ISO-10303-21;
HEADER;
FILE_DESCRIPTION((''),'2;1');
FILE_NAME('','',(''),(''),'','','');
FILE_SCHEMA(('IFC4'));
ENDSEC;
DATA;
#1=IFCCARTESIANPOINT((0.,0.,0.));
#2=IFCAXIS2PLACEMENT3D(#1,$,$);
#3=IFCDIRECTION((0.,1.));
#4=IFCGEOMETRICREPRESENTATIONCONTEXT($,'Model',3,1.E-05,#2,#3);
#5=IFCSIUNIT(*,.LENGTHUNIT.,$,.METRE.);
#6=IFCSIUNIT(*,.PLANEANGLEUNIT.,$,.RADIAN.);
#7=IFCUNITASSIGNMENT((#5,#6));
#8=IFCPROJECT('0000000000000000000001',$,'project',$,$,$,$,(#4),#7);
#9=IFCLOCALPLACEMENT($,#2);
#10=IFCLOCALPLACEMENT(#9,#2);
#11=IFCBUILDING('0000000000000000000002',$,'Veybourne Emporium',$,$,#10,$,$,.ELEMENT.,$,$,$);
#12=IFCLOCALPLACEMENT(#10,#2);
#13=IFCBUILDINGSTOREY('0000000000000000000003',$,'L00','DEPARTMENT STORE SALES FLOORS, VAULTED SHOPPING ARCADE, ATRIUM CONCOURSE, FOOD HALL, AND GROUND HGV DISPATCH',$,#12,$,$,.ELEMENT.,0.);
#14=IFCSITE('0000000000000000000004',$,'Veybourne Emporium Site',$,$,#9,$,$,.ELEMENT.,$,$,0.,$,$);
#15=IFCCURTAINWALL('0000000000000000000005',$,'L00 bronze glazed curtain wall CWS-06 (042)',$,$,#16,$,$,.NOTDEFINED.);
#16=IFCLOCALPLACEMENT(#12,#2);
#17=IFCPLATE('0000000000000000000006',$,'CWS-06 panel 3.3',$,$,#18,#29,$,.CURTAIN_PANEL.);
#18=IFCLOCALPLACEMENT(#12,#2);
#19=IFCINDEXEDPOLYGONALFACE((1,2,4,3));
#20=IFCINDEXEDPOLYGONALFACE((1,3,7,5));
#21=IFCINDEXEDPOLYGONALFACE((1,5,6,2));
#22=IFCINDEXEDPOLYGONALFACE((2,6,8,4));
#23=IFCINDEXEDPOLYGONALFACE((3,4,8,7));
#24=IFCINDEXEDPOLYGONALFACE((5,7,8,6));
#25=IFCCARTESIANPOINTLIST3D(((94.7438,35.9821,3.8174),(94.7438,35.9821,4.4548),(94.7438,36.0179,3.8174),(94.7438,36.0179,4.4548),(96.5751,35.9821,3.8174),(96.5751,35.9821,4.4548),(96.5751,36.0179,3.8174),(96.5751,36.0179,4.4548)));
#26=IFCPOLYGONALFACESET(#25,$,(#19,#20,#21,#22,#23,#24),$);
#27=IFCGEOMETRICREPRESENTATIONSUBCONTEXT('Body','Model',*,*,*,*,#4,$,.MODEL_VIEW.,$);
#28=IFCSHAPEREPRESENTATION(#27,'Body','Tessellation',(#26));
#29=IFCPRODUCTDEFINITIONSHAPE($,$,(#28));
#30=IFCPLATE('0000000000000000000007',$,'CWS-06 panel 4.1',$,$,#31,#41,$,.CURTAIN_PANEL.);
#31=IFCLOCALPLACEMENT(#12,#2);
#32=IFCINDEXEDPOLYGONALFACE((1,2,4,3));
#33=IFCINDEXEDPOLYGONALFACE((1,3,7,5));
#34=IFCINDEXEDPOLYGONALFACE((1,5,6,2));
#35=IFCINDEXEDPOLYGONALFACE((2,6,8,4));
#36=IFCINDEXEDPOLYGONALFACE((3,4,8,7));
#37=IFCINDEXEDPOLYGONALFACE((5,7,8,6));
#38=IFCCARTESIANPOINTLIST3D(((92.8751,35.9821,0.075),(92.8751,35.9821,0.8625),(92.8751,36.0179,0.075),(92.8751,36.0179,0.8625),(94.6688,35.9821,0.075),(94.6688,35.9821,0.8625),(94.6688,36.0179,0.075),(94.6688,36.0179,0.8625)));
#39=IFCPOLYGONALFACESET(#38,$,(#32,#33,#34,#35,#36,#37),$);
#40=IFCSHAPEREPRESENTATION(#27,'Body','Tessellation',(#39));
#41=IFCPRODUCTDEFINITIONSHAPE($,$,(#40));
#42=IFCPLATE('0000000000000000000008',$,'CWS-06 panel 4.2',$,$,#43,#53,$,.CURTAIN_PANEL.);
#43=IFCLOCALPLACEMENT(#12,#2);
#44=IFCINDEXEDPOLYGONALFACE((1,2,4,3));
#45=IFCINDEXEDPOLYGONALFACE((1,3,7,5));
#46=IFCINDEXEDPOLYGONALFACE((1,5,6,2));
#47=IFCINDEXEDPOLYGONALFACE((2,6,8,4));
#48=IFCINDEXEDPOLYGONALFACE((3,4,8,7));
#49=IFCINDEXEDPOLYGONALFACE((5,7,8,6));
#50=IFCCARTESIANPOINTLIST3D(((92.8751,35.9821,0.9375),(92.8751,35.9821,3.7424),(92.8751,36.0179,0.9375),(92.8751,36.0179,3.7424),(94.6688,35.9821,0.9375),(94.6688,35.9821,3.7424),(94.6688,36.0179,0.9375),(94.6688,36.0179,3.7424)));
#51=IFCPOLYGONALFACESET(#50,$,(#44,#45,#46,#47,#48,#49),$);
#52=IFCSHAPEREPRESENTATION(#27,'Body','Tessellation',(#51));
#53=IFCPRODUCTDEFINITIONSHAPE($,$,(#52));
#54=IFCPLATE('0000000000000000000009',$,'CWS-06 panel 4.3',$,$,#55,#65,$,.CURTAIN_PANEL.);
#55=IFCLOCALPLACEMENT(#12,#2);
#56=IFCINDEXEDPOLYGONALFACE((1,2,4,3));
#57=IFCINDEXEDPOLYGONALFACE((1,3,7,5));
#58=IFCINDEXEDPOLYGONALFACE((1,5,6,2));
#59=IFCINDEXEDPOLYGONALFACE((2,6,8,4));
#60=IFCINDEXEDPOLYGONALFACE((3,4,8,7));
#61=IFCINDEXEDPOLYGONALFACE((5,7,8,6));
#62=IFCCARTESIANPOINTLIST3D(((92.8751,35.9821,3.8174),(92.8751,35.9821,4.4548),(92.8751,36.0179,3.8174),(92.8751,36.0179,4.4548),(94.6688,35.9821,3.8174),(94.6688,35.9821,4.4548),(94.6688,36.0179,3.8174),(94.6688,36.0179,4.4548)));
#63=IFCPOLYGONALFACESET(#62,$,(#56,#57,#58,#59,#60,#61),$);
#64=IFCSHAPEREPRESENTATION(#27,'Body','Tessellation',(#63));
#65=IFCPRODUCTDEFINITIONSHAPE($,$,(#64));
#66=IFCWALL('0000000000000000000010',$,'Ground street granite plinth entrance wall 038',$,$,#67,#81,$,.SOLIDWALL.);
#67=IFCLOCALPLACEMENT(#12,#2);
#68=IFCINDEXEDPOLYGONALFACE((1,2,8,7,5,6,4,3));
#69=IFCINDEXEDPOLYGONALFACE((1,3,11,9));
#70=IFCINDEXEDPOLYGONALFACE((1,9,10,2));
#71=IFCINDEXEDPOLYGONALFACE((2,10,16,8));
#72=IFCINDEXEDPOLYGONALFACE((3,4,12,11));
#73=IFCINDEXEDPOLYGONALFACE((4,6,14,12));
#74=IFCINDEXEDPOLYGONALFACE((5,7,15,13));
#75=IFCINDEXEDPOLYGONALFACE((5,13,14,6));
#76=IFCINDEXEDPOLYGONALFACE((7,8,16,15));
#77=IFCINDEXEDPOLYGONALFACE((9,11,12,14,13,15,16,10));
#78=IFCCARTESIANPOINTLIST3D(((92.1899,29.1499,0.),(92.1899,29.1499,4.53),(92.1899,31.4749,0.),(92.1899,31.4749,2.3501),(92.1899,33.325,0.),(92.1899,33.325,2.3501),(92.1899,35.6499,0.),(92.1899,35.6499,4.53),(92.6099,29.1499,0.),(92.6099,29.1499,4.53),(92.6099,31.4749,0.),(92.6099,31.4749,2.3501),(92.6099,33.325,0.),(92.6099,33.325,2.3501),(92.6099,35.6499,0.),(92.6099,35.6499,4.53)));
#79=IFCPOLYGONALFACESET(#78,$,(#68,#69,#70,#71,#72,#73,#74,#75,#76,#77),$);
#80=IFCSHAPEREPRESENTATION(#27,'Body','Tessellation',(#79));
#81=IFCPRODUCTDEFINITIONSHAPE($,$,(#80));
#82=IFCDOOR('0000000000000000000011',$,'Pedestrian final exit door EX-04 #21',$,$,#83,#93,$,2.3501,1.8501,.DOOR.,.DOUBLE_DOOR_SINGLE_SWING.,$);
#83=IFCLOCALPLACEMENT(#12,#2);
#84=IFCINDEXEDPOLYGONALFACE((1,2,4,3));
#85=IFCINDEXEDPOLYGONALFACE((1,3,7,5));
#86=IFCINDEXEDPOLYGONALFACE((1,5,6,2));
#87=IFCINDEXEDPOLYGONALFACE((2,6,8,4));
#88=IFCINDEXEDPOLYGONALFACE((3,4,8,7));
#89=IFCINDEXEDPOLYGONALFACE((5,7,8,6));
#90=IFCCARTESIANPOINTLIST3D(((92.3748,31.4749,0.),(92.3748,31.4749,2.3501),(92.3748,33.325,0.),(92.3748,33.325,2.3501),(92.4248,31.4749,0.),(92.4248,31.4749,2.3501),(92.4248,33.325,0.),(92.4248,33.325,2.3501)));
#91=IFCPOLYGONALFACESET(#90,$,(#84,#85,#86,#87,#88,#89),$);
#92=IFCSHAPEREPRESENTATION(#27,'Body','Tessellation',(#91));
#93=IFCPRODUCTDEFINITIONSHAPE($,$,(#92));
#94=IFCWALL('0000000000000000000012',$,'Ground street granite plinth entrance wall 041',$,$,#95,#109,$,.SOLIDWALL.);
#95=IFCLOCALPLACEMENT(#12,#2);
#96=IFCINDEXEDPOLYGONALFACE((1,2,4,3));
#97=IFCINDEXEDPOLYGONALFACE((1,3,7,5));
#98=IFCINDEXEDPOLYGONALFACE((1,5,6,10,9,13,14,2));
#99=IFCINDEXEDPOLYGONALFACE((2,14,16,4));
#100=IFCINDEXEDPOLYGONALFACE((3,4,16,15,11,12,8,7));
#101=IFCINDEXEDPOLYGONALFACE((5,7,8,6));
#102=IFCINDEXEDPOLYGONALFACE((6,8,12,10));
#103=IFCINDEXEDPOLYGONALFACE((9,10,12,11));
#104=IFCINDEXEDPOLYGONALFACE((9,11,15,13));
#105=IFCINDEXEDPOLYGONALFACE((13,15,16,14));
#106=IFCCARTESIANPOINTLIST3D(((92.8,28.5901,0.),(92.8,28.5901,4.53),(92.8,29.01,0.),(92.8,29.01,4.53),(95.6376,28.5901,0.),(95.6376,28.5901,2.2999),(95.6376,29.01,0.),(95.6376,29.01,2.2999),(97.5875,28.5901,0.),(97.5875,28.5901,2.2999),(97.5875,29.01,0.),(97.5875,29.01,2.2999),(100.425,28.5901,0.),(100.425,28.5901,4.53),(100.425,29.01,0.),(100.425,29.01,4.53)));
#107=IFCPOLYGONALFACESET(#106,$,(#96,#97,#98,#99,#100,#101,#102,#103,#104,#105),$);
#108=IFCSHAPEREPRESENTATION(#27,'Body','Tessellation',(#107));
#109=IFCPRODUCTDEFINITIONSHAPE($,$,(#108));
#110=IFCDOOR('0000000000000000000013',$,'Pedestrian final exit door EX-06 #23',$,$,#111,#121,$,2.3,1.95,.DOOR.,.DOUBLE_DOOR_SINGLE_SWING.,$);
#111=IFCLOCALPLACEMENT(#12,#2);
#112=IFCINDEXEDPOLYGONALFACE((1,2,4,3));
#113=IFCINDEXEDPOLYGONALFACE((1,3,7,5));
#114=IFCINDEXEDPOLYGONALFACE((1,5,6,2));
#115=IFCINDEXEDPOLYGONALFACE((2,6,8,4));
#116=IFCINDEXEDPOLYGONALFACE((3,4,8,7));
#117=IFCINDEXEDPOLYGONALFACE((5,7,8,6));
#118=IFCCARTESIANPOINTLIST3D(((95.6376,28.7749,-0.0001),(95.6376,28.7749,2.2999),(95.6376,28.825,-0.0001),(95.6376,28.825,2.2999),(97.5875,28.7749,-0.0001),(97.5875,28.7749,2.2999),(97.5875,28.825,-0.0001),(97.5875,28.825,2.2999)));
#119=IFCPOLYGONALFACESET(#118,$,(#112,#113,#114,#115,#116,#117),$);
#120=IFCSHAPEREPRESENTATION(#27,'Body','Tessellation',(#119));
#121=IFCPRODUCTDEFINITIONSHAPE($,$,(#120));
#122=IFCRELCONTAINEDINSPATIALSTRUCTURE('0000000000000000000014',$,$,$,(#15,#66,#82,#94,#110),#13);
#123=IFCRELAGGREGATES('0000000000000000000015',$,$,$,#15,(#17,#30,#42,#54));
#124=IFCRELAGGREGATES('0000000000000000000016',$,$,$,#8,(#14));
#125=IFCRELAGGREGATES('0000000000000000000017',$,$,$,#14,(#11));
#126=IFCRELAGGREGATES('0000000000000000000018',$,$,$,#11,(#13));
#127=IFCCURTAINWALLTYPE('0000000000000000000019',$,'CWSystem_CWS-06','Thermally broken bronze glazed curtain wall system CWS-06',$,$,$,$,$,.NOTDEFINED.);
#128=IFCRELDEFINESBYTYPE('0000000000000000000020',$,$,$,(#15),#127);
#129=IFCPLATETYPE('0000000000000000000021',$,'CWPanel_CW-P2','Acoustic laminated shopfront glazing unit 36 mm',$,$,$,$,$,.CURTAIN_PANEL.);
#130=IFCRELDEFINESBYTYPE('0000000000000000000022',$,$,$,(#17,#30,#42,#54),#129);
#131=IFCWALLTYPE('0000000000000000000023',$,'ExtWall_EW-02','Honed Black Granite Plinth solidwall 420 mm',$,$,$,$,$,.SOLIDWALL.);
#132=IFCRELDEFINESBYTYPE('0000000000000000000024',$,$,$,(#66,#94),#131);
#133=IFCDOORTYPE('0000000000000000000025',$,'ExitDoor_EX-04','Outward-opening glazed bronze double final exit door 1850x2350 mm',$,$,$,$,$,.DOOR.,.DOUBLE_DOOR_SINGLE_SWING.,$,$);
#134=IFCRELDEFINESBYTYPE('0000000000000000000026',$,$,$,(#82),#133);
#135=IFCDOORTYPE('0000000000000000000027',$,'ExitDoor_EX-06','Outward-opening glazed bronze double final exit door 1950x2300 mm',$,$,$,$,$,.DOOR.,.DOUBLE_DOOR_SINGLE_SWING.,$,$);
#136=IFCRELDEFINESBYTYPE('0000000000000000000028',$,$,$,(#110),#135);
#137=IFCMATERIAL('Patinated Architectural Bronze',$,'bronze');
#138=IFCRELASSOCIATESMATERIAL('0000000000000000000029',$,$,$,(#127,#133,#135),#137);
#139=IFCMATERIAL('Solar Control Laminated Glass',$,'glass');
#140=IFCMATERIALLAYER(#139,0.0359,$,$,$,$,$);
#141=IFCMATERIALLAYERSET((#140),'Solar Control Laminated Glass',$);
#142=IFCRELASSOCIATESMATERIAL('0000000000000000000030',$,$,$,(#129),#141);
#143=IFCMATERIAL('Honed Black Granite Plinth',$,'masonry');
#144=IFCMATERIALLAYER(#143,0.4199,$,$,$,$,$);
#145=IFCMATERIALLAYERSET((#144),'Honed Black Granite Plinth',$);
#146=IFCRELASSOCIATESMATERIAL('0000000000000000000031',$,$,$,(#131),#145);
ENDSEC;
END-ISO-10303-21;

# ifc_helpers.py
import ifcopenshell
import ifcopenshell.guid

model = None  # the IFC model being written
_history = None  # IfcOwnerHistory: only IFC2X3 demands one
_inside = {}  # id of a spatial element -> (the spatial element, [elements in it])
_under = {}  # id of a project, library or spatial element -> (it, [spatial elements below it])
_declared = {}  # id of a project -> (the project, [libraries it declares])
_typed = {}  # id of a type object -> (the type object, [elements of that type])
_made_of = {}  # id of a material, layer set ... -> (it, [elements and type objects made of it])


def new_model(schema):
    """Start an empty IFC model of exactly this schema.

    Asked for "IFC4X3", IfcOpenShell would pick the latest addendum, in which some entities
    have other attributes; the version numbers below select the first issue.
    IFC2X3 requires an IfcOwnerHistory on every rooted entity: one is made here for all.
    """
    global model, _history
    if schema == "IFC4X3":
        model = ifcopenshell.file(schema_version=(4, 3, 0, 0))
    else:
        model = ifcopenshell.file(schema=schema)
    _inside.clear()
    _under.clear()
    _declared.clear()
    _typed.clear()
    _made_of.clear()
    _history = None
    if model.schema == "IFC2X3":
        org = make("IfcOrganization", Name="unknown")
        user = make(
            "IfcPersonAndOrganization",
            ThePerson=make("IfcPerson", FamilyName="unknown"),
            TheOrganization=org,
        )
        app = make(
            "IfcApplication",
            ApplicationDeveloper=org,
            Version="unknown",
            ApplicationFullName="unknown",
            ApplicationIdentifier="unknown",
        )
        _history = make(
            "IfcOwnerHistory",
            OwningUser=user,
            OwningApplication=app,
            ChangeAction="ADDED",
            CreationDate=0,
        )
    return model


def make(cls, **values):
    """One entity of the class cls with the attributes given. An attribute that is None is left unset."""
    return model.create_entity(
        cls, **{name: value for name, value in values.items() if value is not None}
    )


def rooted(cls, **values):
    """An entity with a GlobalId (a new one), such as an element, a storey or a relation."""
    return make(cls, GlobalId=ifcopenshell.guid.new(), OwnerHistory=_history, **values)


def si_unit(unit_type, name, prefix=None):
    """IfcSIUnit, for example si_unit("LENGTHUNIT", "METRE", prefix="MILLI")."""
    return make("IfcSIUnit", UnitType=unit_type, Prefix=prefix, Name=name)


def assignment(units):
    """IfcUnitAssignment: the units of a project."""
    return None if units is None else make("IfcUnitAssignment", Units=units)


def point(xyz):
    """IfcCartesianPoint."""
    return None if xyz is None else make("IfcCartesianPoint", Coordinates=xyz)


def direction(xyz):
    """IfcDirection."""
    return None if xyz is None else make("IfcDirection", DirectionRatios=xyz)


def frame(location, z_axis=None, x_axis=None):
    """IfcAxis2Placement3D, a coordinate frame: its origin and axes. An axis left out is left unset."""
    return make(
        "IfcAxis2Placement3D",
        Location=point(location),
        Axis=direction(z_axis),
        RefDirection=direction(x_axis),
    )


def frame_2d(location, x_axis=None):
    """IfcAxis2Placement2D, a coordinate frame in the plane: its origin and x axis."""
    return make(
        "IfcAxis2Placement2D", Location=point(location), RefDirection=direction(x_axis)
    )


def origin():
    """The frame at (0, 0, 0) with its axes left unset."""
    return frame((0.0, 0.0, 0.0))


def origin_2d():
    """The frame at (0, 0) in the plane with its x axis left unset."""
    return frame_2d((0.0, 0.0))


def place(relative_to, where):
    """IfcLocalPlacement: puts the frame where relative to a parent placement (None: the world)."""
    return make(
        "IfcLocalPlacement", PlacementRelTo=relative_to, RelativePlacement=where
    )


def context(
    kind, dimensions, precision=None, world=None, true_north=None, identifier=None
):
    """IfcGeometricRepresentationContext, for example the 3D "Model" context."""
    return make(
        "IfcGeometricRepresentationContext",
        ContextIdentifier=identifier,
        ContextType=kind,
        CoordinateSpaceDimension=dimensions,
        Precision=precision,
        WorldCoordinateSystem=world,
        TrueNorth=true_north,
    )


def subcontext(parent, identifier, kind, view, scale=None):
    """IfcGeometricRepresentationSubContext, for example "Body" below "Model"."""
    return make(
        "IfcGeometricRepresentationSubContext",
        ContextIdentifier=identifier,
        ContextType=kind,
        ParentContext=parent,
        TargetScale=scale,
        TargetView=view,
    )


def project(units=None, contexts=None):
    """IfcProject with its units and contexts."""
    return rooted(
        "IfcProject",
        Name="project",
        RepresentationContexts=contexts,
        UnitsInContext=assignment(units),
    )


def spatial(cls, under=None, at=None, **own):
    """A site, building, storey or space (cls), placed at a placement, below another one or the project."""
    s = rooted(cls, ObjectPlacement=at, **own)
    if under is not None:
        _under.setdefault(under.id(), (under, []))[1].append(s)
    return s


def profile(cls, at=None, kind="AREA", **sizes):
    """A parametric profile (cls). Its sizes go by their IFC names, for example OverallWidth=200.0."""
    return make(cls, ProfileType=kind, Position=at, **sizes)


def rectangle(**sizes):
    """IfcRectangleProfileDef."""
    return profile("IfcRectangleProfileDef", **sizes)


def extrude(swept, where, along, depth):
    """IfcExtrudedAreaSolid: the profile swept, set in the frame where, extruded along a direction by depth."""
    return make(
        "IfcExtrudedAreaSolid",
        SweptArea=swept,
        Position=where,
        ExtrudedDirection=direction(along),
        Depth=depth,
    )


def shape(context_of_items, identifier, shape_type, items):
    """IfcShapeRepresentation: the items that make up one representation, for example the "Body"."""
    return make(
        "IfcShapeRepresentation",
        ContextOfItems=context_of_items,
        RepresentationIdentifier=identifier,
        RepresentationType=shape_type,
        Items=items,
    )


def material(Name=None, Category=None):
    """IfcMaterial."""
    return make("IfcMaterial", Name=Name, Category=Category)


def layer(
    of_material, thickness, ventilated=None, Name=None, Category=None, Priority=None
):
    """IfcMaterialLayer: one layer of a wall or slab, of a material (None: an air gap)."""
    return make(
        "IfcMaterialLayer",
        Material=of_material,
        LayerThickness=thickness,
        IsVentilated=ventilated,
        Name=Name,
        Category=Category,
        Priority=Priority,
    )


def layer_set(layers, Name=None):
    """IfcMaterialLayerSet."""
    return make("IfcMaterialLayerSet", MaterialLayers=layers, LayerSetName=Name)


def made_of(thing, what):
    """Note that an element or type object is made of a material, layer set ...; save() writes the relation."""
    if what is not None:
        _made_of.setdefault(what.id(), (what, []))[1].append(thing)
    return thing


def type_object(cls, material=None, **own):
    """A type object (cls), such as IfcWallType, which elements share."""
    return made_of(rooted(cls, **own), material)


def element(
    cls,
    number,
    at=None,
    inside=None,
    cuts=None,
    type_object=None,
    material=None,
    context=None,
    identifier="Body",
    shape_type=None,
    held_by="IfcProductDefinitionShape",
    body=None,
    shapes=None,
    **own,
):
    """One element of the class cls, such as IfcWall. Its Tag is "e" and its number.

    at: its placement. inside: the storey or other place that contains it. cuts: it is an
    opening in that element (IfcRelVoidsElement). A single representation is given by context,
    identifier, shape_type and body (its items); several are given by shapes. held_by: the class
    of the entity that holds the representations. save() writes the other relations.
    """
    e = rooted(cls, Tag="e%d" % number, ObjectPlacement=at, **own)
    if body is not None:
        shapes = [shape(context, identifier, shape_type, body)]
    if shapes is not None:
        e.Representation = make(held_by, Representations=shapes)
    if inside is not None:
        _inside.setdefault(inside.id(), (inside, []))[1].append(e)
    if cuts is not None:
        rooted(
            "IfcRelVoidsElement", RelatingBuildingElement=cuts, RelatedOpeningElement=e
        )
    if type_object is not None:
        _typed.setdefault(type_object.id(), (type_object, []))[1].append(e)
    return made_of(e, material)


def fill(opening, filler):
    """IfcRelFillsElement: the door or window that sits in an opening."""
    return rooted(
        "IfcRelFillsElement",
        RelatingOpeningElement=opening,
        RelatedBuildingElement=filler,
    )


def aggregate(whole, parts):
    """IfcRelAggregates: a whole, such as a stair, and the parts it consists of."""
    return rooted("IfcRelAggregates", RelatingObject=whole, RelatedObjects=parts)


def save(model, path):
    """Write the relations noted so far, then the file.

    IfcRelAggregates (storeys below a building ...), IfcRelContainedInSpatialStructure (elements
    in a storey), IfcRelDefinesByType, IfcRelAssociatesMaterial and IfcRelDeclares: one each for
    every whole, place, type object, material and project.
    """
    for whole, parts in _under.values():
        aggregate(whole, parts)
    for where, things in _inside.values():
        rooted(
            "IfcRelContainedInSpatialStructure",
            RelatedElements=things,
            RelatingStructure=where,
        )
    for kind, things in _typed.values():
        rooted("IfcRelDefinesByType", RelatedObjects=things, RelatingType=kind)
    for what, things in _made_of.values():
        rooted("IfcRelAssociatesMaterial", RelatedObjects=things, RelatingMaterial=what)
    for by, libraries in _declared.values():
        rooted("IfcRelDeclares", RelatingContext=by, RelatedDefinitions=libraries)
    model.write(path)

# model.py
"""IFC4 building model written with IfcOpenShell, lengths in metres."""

from ifc_helpers import new_model, si_unit, direction, frame, frame_2d, origin, origin_2d, place, context, subcontext, project, spatial, rectangle, extrude, material, layer, layer_set, type_object, element, fill, aggregate, save


model = new_model("IFC4")

# Units and contexts
model_context = context("Model", 3, precision=1e-05, world=origin(), true_north=direction((0.0, 1.0)))
body_context = subcontext(model_context, "Body", "Model", "MODEL_VIEW")
ifc_project = project(units=[si_unit("LENGTHUNIT", "METRE"), si_unit("PLANEANGLEUNIT", "RADIAN")], contexts=[model_context])

# Site, building, storey
site_placement = place(None, origin())
site = spatial("IfcSite", under=ifc_project, at=site_placement, Name="Veybourne Emporium Site", CompositionType="ELEMENT", RefElevation=0.0)
building_placement = place(site_placement, origin())
building = spatial("IfcBuilding", under=site, at=building_placement, Name="Veybourne Emporium", CompositionType="ELEMENT")
storey_placement = place(building_placement, origin())
storey = spatial("IfcBuildingStorey", under=building, at=storey_placement, Name="L00", Description="DEPARTMENT STORE SALES FLOORS, VAULTED SHOPPING ARCADE, ATRIUM CONCOURSE, FOOD HALL, AND GROUND HGV DISPATCH", CompositionType="ELEMENT", Elevation=0.0)

# Curtain wall
ifc_material_1 = material(Name="Patinated Architectural Bronze", Category="bronze")
curtain_wall_type = type_object("IfcCurtainWallType", Name="CWSystem_CWS-06", Description="Thermally broken bronze glazed curtain wall system CWS-06", PredefinedType="NOTDEFINED", material=ifc_material_1)
curtain_wall_placement = place(storey_placement, origin())
curtain_wall = element("IfcCurtainWall", 1, at=curtain_wall_placement, inside=storey, type_object=curtain_wall_type, Name="L00 bronze glazed curtain wall CWS-06 (042)", PredefinedType="NOTDEFINED")

# Plates
ifc_material_2 = material(Name="Solar Control Laminated Glass", Category="glass")
ifc_layer_1 = layer(ifc_material_2, 0.0359)
ifc_layer_set_1 = layer_set([ifc_layer_1], Name="Solar Control Laminated Glass")
plate_type = type_object("IfcPlateType", Name="CWPanel_CW-P2", Description="Acoustic laminated shopfront glazing unit 36 mm", PredefinedType="CURTAIN_PANEL", material=ifc_layer_set_1)
plate_1_placement = place(storey_placement, frame((95.6594, 36.0, 3.8174), z_axis=(0.0, 0.0, 1.0), x_axis=(-1.0, 0.0, 0.0)))
plate_1 = element("IfcPlate", 2, at=plate_1_placement, type_object=plate_type, Name="CWS-06 panel 3.3", PredefinedType="CURTAIN_PANEL", context=body_context, shape_type="SweptSolid", body=[
    extrude(rectangle(XDim=1.8313, YDim=0.0359, at=origin_2d()), origin(), (0.0, 0.0, 1.0), 0.6375),
])
plate_2_placement = place(storey_placement, frame((93.772, 36.0, 0.075), z_axis=(0.0, 0.0, 1.0), x_axis=(-1.0, 0.0, 0.0)))
plate_2 = element("IfcPlate", 3, at=plate_2_placement, type_object=plate_type, Name="CWS-06 panel 4.1", PredefinedType="CURTAIN_PANEL", context=body_context, shape_type="SweptSolid", body=[
    extrude(rectangle(XDim=1.7937, YDim=0.0359, at=origin_2d()), origin(), (0.0, 0.0, 1.0), 0.7876),
])
plate_3_placement = place(storey_placement, frame((93.772, 36.0, 0.9375), z_axis=(0.0, 0.0, 1.0), x_axis=(-1.0, 0.0, 0.0)))
plate_3 = element("IfcPlate", 4, at=plate_3_placement, type_object=plate_type, Name="CWS-06 panel 4.2", PredefinedType="CURTAIN_PANEL", context=body_context, shape_type="SweptSolid", body=[
    extrude(rectangle(XDim=1.7937, YDim=0.0359, at=origin_2d()), origin(), (0.0, 0.0, 1.0), 2.8049),
])
plate_4_placement = place(storey_placement, frame((93.772, 36.0, 3.8174), z_axis=(0.0, 0.0, 1.0), x_axis=(-1.0, 0.0, 0.0)))
plate_4 = element("IfcPlate", 5, at=plate_4_placement, type_object=plate_type, Name="CWS-06 panel 4.3", PredefinedType="CURTAIN_PANEL", context=body_context, shape_type="SweptSolid", body=[
    extrude(rectangle(XDim=1.7937, YDim=0.0359, at=origin_2d()), origin(), (0.0, 0.0, 1.0), 0.6375),
])
aggregate(curtain_wall, [plate_1, plate_2, plate_3, plate_4])

# Walls, openings, doors
ifc_material_3 = material(Name="Honed Black Granite Plinth", Category="masonry")
ifc_layer_2 = layer(ifc_material_3, 0.4199)
ifc_layer_set_2 = layer_set([ifc_layer_2], Name="Honed Black Granite Plinth")
wall_type = type_object("IfcWallType", Name="ExtWall_EW-02", Description="Honed Black Granite Plinth solidwall 420 mm", PredefinedType="SOLIDWALL", material=ifc_layer_set_2)
wall_1_placement = place(storey_placement, frame((92.3999, 35.6499, 0.0), z_axis=(0.0, 0.0, 1.0), x_axis=(0.0, -1.0, 0.0)))
wall_1 = element("IfcWall", 6, at=wall_1_placement, inside=storey, type_object=wall_type, Name="Ground street granite plinth entrance wall 038", PredefinedType="SOLIDWALL", context=body_context, shape_type="SweptSolid", body=[
    extrude(rectangle(XDim=6.5, YDim=0.4199, at=frame_2d((3.25, 0.0))), origin(), (0.0, 0.0, 1.0), 4.53),
])
opening_1_placement = place(wall_1_placement, frame((2.325, 0.0, 0.0)))
opening_1 = element("IfcOpeningElement", 7, at=opening_1_placement, cuts=wall_1, PredefinedType="OPENING", context=body_context, shape_type="SweptSolid", body=[
    extrude(rectangle(XDim=1.8501, YDim=2.3501, at=frame_2d((0.925, 1.175))), frame((0.0, 0.23, 0.0), z_axis=(0.0, -1.0, 0.0), x_axis=(1.0, 0.0, 0.0)), (0.0, 0.0, 1.0), 0.46),
])
door_type_1 = type_object("IfcDoorType", Name="ExitDoor_EX-04", Description="Outward-opening glazed bronze double final exit door 1850x2350 mm", OperationType="DOUBLE_DOOR_SINGLE_SWING", PredefinedType="DOOR", material=ifc_material_1)
door_1_placement = place(opening_1_placement, origin())
door_1 = element("IfcDoor", 8, at=door_1_placement, inside=storey, type_object=door_type_1, Name="Pedestrian final exit door EX-04 #21", OperationType="DOUBLE_DOOR_SINGLE_SWING", OverallHeight=2.3501, OverallWidth=1.8501, PredefinedType="DOOR", context=body_context, shape_type="SweptSolid", body=[
    extrude(rectangle(XDim=1.8501, YDim=2.3501, at=frame_2d((0.925, 1.175))), frame((0.0, 0.0249, 0.0), z_axis=(0.0, -1.0, 0.0), x_axis=(1.0, 0.0, 0.0)), (0.0, 0.0, 1.0), 0.05),
])
fill(opening_1, door_1)
wall_2_placement = place(storey_placement, frame((92.8, 28.8, 0.0), z_axis=(0.0, 0.0, 1.0), x_axis=(1.0, 0.0, 0.0)))
wall_2 = element("IfcWall", 9, at=wall_2_placement, inside=storey, type_object=wall_type, Name="Ground street granite plinth entrance wall 041", PredefinedType="SOLIDWALL", context=body_context, shape_type="SweptSolid", body=[
    extrude(rectangle(XDim=7.625, YDim=0.4199, at=frame_2d((3.8125, 0.0))), origin(), (0.0, 0.0, 1.0), 4.53),
])
opening_2_placement = place(wall_2_placement, frame((2.8374, 0.0, 0.0)))
opening_2 = element("IfcOpeningElement", 10, at=opening_2_placement, cuts=wall_2, PredefinedType="OPENING", context=body_context, shape_type="SweptSolid", body=[
    extrude(rectangle(XDim=1.95, YDim=2.3, at=frame_2d((0.9751, 1.1499))), frame((0.0, 0.23, 0.0), z_axis=(0.0, -1.0, 0.0), x_axis=(1.0, 0.0, 0.0)), (0.0, 0.0, 1.0), 0.46),
])
door_type_2 = type_object("IfcDoorType", Name="ExitDoor_EX-06", Description="Outward-opening glazed bronze double final exit door 1950x2300 mm", OperationType="DOUBLE_DOOR_SINGLE_SWING", PredefinedType="DOOR", material=ifc_material_1)
door_2_placement = place(opening_2_placement, origin())
door_2 = element("IfcDoor", 11, at=door_2_placement, inside=storey, type_object=door_type_2, Name="Pedestrian final exit door EX-06 #23", OperationType="DOUBLE_DOOR_SINGLE_SWING", OverallHeight=2.3, OverallWidth=1.95, PredefinedType="DOOR", context=body_context, shape_type="SweptSolid", body=[
    extrude(rectangle(XDim=1.95, YDim=2.3, at=frame_2d((0.9751, 1.1499))), frame((0.0, 0.0249, 0.0), z_axis=(0.0, -1.0, 0.0), x_axis=(1.0, 0.0, 0.0)), (0.0, 0.0, 1.0), 0.05),
])
fill(opening_2, door_2)

save(model, "model.ifc")
